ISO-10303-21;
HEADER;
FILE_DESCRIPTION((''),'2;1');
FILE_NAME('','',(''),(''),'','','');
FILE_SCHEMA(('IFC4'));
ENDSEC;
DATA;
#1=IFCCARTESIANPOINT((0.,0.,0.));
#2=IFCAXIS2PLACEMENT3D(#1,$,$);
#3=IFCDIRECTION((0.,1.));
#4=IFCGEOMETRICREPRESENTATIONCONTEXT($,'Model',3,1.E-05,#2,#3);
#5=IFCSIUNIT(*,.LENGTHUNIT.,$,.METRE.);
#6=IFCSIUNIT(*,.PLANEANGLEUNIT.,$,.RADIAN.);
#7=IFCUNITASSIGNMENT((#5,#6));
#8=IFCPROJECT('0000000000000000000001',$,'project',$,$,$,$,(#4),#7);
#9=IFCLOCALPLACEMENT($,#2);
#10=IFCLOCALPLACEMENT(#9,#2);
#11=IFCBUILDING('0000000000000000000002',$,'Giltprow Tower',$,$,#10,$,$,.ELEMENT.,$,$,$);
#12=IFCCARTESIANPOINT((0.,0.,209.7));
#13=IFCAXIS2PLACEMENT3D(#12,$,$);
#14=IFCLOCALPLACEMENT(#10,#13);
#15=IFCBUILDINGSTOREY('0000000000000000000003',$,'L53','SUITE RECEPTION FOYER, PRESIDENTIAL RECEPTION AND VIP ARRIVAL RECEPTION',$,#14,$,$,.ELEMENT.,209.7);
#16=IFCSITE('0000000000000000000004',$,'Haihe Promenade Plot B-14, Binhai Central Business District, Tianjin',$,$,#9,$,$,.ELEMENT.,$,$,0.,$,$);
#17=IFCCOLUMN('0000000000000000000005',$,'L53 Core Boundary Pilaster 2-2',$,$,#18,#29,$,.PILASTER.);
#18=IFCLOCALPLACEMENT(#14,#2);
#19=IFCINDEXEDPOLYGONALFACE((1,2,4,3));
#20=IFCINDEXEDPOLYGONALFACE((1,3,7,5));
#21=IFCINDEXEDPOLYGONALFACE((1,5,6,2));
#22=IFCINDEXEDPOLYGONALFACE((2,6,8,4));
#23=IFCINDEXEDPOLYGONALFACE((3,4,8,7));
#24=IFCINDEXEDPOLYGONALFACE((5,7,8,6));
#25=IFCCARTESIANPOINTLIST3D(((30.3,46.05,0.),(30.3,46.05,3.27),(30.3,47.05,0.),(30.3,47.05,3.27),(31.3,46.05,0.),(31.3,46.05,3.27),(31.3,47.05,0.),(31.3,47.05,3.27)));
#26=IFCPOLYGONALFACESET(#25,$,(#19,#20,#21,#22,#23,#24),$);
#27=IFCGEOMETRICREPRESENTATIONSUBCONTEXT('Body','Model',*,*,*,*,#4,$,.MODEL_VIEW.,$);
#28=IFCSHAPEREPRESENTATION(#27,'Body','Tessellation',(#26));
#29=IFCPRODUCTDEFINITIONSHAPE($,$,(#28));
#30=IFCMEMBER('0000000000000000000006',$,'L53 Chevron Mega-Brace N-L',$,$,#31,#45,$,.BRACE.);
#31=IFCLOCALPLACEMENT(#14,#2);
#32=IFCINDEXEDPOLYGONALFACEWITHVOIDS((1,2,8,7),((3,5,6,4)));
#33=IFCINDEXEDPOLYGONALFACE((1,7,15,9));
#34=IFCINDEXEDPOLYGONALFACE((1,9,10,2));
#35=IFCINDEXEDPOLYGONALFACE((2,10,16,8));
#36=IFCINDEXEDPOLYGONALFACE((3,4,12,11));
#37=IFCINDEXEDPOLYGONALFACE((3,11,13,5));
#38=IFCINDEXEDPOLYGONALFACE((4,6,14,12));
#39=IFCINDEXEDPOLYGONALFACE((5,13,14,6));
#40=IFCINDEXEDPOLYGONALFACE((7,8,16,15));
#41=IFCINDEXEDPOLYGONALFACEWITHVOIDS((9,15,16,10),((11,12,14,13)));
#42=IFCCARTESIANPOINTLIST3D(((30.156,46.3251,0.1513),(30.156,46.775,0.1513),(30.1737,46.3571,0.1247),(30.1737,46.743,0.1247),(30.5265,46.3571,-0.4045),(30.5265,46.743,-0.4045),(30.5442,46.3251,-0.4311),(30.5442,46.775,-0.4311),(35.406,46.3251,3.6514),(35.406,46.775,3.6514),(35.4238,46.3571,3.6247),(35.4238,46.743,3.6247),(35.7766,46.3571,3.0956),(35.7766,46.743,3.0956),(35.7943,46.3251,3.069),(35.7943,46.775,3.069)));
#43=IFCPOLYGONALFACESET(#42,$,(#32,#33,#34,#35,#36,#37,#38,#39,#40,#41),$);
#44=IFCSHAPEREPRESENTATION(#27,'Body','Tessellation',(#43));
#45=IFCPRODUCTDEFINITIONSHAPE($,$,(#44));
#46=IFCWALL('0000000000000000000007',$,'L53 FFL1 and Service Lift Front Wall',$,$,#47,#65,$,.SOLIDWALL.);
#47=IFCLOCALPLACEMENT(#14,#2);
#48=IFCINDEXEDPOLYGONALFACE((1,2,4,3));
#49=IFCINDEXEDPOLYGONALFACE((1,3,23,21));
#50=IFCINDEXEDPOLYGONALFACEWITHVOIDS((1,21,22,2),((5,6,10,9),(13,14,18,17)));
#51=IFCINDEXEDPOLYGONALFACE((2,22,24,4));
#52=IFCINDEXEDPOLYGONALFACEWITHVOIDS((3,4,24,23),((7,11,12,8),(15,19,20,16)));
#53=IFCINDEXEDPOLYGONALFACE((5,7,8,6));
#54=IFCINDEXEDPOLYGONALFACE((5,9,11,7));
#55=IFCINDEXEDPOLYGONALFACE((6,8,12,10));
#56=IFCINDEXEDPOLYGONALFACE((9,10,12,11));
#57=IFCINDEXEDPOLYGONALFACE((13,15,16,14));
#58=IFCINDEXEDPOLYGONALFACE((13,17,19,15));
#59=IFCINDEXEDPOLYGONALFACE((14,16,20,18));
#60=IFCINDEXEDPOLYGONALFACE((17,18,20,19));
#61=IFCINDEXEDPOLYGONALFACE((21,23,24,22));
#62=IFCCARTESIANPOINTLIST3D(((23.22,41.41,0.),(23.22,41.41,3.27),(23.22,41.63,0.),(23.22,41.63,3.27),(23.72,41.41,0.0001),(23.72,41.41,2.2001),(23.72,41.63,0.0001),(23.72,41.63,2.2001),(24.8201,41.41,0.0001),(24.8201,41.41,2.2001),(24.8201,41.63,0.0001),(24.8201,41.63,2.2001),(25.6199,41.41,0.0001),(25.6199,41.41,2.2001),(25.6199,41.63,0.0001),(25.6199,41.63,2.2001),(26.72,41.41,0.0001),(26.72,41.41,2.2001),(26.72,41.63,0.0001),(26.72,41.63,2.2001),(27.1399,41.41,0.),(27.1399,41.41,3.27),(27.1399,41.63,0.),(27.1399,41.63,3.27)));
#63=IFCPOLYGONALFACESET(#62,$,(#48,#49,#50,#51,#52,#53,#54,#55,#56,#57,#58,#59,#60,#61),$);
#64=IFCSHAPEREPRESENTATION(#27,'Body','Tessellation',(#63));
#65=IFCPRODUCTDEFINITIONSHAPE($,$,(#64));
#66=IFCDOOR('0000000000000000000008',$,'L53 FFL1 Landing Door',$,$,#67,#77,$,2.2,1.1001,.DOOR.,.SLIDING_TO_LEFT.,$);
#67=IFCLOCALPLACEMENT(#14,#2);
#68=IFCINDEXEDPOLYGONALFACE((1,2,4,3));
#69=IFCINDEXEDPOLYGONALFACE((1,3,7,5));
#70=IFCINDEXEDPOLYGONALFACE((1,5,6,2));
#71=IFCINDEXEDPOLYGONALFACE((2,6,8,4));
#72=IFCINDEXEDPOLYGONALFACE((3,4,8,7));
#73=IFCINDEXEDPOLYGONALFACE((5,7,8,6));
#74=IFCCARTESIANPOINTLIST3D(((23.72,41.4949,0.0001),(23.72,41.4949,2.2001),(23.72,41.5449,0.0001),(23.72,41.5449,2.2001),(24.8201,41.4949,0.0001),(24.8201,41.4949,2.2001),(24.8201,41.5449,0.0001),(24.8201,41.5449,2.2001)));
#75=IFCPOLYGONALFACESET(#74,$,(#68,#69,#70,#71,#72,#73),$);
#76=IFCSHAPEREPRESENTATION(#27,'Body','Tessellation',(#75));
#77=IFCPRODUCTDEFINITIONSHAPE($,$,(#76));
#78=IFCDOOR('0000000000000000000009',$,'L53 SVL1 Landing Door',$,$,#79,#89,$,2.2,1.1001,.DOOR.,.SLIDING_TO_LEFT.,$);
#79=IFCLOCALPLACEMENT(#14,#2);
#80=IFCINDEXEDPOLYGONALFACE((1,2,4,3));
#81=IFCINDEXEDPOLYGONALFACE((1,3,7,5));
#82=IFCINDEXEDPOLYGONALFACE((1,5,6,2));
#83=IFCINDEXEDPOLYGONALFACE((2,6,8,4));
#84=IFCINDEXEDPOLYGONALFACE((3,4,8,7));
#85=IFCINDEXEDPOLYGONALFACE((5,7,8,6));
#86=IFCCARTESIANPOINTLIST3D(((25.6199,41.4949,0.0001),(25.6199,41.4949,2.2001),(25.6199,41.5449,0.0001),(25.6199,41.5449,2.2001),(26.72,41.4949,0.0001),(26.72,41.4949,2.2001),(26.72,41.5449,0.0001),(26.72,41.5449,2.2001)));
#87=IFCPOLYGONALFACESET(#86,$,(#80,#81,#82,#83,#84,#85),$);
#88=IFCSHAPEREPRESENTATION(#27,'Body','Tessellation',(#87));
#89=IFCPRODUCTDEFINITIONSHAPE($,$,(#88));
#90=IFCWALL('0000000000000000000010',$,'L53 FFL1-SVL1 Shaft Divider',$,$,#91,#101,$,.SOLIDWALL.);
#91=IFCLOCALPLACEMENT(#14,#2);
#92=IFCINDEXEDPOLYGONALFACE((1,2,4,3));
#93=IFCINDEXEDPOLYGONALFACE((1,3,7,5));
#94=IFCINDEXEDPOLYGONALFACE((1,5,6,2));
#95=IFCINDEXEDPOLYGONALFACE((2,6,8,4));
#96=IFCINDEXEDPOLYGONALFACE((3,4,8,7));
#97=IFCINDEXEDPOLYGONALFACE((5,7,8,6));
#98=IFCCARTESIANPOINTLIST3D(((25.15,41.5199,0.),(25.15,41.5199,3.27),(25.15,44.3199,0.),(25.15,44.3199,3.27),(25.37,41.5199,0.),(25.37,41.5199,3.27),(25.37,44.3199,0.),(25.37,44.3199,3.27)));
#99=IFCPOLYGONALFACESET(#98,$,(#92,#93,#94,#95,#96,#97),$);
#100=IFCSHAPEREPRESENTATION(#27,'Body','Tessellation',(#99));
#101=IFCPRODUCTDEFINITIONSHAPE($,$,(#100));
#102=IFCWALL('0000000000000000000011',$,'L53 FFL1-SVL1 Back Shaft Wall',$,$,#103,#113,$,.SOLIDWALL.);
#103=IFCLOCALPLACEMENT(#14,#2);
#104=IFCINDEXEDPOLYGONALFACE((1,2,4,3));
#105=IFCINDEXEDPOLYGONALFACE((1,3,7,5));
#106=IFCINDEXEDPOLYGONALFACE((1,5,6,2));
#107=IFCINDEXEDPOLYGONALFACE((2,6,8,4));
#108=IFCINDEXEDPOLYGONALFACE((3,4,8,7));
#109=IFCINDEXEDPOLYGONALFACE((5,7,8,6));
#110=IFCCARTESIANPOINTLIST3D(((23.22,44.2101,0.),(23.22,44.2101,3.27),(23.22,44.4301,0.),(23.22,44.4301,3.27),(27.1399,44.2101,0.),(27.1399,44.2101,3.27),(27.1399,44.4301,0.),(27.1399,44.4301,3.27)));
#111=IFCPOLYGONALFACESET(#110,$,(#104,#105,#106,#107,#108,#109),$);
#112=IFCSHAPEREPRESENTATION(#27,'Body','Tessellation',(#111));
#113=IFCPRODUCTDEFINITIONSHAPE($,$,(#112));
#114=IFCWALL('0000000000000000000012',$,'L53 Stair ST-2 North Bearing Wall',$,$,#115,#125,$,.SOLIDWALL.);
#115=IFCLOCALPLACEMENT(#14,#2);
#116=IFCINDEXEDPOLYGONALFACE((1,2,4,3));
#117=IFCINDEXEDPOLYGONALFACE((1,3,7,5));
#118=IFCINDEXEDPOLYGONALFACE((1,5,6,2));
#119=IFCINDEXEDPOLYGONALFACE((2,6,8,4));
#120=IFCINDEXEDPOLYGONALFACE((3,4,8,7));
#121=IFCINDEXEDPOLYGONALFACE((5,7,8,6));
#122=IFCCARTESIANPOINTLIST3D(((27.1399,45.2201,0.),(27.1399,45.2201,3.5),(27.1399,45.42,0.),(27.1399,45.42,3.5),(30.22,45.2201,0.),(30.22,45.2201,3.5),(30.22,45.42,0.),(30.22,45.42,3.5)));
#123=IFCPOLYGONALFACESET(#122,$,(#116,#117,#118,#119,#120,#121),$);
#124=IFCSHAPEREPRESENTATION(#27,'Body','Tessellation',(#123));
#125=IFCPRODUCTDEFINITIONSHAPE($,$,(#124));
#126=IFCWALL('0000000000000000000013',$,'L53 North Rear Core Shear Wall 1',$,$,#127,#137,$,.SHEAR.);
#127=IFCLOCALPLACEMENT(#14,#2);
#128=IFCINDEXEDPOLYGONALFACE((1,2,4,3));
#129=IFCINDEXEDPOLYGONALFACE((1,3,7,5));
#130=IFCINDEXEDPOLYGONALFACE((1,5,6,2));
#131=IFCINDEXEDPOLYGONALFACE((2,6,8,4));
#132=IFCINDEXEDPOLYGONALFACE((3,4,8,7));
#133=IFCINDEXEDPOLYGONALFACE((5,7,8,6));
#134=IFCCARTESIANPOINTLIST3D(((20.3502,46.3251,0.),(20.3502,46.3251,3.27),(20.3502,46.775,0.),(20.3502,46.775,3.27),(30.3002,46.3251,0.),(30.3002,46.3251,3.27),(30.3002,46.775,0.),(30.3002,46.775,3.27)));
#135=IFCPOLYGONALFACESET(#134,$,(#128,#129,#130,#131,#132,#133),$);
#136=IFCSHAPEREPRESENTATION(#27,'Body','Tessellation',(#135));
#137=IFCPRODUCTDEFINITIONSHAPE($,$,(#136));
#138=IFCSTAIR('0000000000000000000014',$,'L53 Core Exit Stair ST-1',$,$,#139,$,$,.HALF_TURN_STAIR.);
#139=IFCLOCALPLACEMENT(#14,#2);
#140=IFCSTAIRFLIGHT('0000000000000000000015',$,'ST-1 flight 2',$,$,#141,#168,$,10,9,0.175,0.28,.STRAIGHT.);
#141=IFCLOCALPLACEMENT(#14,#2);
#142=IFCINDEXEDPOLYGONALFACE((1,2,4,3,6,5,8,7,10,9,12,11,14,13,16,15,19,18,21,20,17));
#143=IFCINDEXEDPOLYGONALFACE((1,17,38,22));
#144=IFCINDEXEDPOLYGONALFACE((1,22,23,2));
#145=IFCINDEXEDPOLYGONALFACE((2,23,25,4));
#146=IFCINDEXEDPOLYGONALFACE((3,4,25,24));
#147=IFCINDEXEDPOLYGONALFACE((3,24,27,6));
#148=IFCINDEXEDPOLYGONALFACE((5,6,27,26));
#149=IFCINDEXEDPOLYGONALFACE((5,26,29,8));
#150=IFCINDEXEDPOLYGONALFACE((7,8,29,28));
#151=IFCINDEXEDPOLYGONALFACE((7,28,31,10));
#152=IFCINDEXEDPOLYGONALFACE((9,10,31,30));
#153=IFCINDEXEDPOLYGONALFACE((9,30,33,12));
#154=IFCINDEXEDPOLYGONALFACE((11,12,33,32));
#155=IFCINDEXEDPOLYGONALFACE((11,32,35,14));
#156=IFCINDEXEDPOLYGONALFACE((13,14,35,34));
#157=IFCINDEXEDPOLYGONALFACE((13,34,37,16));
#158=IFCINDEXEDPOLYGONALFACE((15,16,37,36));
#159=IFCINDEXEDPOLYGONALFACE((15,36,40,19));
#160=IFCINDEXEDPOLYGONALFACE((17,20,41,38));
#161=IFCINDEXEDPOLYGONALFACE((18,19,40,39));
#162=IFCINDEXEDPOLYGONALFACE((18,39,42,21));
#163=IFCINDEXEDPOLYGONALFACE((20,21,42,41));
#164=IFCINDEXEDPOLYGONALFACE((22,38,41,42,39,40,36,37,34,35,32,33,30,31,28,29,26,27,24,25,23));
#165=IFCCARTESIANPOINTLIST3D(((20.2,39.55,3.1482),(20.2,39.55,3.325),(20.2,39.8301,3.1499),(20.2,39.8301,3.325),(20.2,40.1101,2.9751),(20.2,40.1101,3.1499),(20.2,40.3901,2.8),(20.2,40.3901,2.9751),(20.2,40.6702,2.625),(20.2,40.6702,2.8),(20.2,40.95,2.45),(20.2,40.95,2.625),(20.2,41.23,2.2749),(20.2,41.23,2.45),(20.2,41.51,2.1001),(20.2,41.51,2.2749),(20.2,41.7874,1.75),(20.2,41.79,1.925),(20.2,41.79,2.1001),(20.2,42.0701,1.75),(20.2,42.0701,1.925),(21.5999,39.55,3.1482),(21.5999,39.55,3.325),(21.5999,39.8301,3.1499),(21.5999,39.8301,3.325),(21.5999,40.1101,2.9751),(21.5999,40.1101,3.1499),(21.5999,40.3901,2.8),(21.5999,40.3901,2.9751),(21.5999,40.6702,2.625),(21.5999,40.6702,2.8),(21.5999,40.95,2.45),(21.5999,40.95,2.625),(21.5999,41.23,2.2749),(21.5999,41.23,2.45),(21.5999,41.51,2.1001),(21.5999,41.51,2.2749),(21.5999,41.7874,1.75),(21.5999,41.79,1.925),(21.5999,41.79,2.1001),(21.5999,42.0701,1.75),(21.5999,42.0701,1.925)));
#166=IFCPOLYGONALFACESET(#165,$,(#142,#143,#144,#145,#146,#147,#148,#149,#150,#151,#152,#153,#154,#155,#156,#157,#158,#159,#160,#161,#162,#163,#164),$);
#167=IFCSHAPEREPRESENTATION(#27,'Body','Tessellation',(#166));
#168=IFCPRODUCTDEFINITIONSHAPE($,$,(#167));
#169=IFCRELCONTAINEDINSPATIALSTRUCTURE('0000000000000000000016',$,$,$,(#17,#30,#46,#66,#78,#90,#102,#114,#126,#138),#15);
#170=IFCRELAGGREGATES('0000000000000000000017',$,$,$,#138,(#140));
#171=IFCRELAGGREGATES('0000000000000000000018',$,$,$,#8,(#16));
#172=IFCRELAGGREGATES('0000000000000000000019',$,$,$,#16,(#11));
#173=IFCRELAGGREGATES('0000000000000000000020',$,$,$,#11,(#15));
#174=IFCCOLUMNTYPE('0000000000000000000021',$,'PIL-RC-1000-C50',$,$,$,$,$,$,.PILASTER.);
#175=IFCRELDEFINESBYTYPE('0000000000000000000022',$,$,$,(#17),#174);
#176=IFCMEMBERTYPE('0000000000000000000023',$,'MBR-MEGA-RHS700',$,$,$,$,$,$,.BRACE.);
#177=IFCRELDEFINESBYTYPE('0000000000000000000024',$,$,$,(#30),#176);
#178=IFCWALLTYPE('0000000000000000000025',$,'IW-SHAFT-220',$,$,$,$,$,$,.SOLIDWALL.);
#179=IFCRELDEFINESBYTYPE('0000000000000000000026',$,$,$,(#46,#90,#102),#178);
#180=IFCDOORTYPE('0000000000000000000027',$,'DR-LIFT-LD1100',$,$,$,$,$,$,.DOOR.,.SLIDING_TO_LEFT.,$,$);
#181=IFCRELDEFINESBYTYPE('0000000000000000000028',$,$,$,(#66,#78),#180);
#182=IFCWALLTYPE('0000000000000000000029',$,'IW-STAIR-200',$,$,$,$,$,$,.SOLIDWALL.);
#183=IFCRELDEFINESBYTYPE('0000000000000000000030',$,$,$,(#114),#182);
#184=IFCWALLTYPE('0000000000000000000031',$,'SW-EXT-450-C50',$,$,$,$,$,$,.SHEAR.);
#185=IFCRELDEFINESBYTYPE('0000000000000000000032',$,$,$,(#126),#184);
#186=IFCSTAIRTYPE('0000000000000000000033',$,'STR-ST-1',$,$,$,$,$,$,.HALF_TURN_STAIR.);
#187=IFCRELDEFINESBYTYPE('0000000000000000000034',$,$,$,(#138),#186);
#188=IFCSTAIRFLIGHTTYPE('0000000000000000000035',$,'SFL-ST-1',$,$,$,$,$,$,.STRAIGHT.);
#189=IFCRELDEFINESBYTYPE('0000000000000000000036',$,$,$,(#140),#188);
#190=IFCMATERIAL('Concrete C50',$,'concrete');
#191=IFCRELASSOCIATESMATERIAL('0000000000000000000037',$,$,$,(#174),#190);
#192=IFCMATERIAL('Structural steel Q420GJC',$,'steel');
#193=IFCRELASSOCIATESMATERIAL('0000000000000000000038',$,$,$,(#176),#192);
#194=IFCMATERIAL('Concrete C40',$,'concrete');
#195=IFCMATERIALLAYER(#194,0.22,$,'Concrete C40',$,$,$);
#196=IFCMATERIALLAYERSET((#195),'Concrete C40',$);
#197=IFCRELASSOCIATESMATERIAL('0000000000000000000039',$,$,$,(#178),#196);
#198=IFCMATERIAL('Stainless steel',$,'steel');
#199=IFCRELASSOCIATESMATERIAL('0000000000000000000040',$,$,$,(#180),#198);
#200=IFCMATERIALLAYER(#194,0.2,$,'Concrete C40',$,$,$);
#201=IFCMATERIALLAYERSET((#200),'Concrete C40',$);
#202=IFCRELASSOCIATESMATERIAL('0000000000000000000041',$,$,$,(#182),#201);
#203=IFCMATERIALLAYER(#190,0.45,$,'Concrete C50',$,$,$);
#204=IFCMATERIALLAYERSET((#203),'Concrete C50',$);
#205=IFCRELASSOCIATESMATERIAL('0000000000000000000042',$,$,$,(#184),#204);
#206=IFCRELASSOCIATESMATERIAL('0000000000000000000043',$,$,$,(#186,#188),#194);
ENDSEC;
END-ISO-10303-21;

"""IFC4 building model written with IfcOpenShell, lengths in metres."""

from ifc_helpers import new_model, si_unit, direction, frame, frame_2d, origin, origin_2d, place, context, subcontext, project, spatial, polyline, rectangle, hollow_rectangle, outline, extrude, source, transform, mapped, material, layer, layer_set, material_profile, profile_set, type_object, element, fill, aggregate, save


model = new_model("IFC4")

# Units and contexts
model_context = context("Model", 3, precision=1e-05, world=origin(), true_north=direction((0.0, 1.0)))
body_context = subcontext(model_context, "Body", "Model", "MODEL_VIEW")
ifc_project = project(units=[si_unit("LENGTHUNIT", "METRE"), si_unit("PLANEANGLEUNIT", "RADIAN")], contexts=[model_context])

# Site, building, storey
site_placement = place(None, origin())
site = spatial("IfcSite", under=ifc_project, at=site_placement, Name="Haihe Promenade Plot B-14, Binhai Central Business District, Tianjin", CompositionType="ELEMENT", RefElevation=0.0)
building_placement = place(site_placement, origin())
building = spatial("IfcBuilding", under=site, at=building_placement, Name="Giltprow Tower", CompositionType="ELEMENT")
storey_placement = place(building_placement, frame((0.0, 0.0, 209.7)))
storey = spatial("IfcBuildingStorey", under=building, at=storey_placement, Name="L53", Description="SUITE RECEPTION FOYER, PRESIDENTIAL RECEPTION AND VIP ARRIVAL RECEPTION", CompositionType="ELEMENT", Elevation=209.7)

# Column
ifc_material_1 = material(Name="Concrete C50", Category="concrete")
ifc_material_profile_1 = material_profile(ifc_material_1, rectangle(XDim=1.0, YDim=1.0, at=origin_2d()), Name="RC 1000x1000")
ifc_profile_set_1 = profile_set([ifc_material_profile_1], Name="Concrete C50")
column_type = type_object("IfcColumnType", Name="PIL-RC-1000-C50", PredefinedType="PILASTER", material=ifc_profile_set_1)
shared_shape_1 = source(origin(), body_context, "Body", "SweptSolid", [
    extrude(rectangle(XDim=1.0, YDim=1.0, at=origin_2d()), origin(), (0.0, 0.0, 1.0), 3.27),
])
column_placement = place(storey_placement, frame((30.8, 46.55, 0.0), z_axis=(0.0, 0.0, 1.0), x_axis=(1.0, 0.0, 0.0)))
element("IfcColumn", 1, at=column_placement, inside=storey, type_object=column_type, Name="L53 Core Boundary Pilaster 2-2", PredefinedType="PILASTER", context=body_context, shape_type="MappedRepresentation", body=[
    mapped(shared_shape_1, transform((0.0, 0.0, 0.0), x_axis=(1.0, 0.0, 0.0), y_axis=(0.0, 1.0, 0.0), z_axis=(0.0, 0.0, 1.0), scale=1.0)),
])

# Member
ifc_material_2 = material(Name="Structural steel Q420GJC", Category="steel")
ifc_material_profile_2 = material_profile(ifc_material_2, hollow_rectangle(XDim=0.45, YDim=0.7, WallThickness=0.032, at=origin_2d()), Name="RHS 700x450x32")
ifc_profile_set_2 = profile_set([ifc_material_profile_2], Name="Structural steel Q420GJC")
member_type = type_object("IfcMemberType", Name="MBR-MEGA-RHS700", PredefinedType="BRACE", material=ifc_profile_set_2)
shared_shape_2 = source(origin(), body_context, "Body", "SweptSolid", [
    extrude(hollow_rectangle(XDim=0.45, YDim=0.7, WallThickness=0.032, at=origin_2d()), origin(), (0.0, 0.0, 1.0), 6.3098),
])
member_placement = place(storey_placement, frame((30.3501, 46.55, -0.1399), z_axis=(0.83205, 0.0, 0.5547), x_axis=(0.0, 1.0, 0.0)))
element("IfcMember", 2, at=member_placement, inside=storey, type_object=member_type, Name="L53 Chevron Mega-Brace N-L", PredefinedType="BRACE", context=body_context, shape_type="MappedRepresentation", body=[
    mapped(shared_shape_2, transform((0.0, 0.0, 0.0), x_axis=(1.0, 0.0, 0.0), y_axis=(0.0, 1.0, 0.0), z_axis=(0.0, 0.0, 1.0), scale=1.0)),
])

# Wall, openings, doors
ifc_material_3 = material(Name="Concrete C40", Category="concrete")
ifc_layer_1 = layer(ifc_material_3, 0.22, Name="Concrete C40")
ifc_layer_set_1 = layer_set([ifc_layer_1], Name="Concrete C40")
wall_type_1 = type_object("IfcWallType", Name="IW-SHAFT-220", PredefinedType="SOLIDWALL", material=ifc_layer_set_1)
wall_1_placement = place(storey_placement, frame((23.22, 41.52, 0.0), z_axis=(0.0, 0.0, 1.0), x_axis=(1.0, 0.0, 0.0)))
wall_1 = element("IfcWall", 3, at=wall_1_placement, inside=storey, type_object=wall_type_1, Name="L53 FFL1 and Service Lift Front Wall", PredefinedType="SOLIDWALL", context=body_context, shape_type="SweptSolid", body=[
    extrude(rectangle(XDim=3.9199, YDim=0.22, at=frame_2d((1.96, 0.0))), origin(), (0.0, 0.0, 1.0), 3.27),
])
opening_1_placement = place(wall_1_placement, frame((0.5, 0.0, 0.0)))
opening_1 = element("IfcOpeningElement", 4, at=opening_1_placement, cuts=wall_1, PredefinedType="OPENING", context=body_context, shape_type="SweptSolid", body=[
    extrude(rectangle(XDim=1.1001, YDim=2.2, at=frame_2d((0.55, 1.1001))), frame((0.0, 0.1199, 0.0), z_axis=(0.0, -1.0, 0.0), x_axis=(1.0, 0.0, 0.0)), (0.0, 0.0, 1.0), 0.24),
])
opening_2_placement = place(wall_1_placement, frame((2.3999, 0.0, 0.0)))
opening_2 = element("IfcOpeningElement", 5, at=opening_2_placement, cuts=wall_1, PredefinedType="OPENING", context=body_context, shape_type="SweptSolid", body=[
    extrude(rectangle(XDim=1.1001, YDim=2.2, at=frame_2d((0.55, 1.1001))), frame((0.0, 0.1199, 0.0), z_axis=(0.0, -1.0, 0.0), x_axis=(1.0, 0.0, 0.0)), (0.0, 0.0, 1.0), 0.24),
])
ifc_material_4 = material(Name="Stainless steel", Category="steel")
door_type = type_object("IfcDoorType", Name="DR-LIFT-LD1100", OperationType="SLIDING_TO_LEFT", PredefinedType="DOOR", material=ifc_material_4)
shared_shape_3 = source(origin(), body_context, "Body", "SweptSolid", [
    extrude(rectangle(XDim=1.1001, YDim=2.2, at=frame_2d((0.55, 1.1001))), frame((0.0, 0.0249, 0.0), z_axis=(0.0, -1.0, 0.0), x_axis=(1.0, 0.0, 0.0)), (0.0, 0.0, 1.0), 0.05),
])
door_1_placement = place(opening_1_placement, origin())
door_1 = element("IfcDoor", 6, at=door_1_placement, inside=storey, type_object=door_type, Name="L53 FFL1 Landing Door", OperationType="SLIDING_TO_LEFT", OverallHeight=2.2, OverallWidth=1.1001, PredefinedType="DOOR", context=body_context, shape_type="MappedRepresentation", body=[
    mapped(shared_shape_3, transform((0.0, 0.0, 0.0), x_axis=(1.0, 0.0, 0.0), y_axis=(0.0, 1.0, 0.0), z_axis=(0.0, 0.0, 1.0), scale=1.0)),
])
fill(opening_1, door_1)
door_2_placement = place(opening_2_placement, origin())
door_2 = element("IfcDoor", 7, at=door_2_placement, inside=storey, type_object=door_type, Name="L53 SVL1 Landing Door", OperationType="SLIDING_TO_LEFT", OverallHeight=2.2, OverallWidth=1.1001, PredefinedType="DOOR", context=body_context, shape_type="MappedRepresentation", body=[
    mapped(shared_shape_3, transform((0.0, 0.0, 0.0), x_axis=(1.0, 0.0, 0.0), y_axis=(0.0, 1.0, 0.0), z_axis=(0.0, 0.0, 1.0), scale=1.0)),
])
fill(opening_2, door_2)

# Walls
wall_2_placement = place(storey_placement, frame((25.26, 41.52, 0.0), z_axis=(0.0, 0.0, 1.0), x_axis=(0.0, 1.0, 0.0)))
element("IfcWall", 8, at=wall_2_placement, inside=storey, type_object=wall_type_1, Name="L53 FFL1-SVL1 Shaft Divider", PredefinedType="SOLIDWALL", context=body_context, shape_type="SweptSolid", body=[
    extrude(rectangle(XDim=2.8, YDim=0.22, at=frame_2d((1.3999, 0.0))), origin(), (0.0, 0.0, 1.0), 3.27),
])
wall_3_placement = place(storey_placement, frame((23.22, 44.3201, 0.0), z_axis=(0.0, 0.0, 1.0), x_axis=(1.0, 0.0, 0.0)))
element("IfcWall", 9, at=wall_3_placement, inside=storey, type_object=wall_type_1, Name="L53 FFL1-SVL1 Back Shaft Wall", PredefinedType="SOLIDWALL", context=body_context, shape_type="SweptSolid", body=[
    extrude(rectangle(XDim=3.9199, YDim=0.22, at=frame_2d((1.96, 0.0))), origin(), (0.0, 0.0, 1.0), 3.27),
])
ifc_layer_2 = layer(ifc_material_3, 0.2, Name="Concrete C40")
ifc_layer_set_2 = layer_set([ifc_layer_2], Name="Concrete C40")
wall_type_2 = type_object("IfcWallType", Name="IW-STAIR-200", PredefinedType="SOLIDWALL", material=ifc_layer_set_2)
wall_4_placement = place(storey_placement, frame((27.1399, 45.3201, 0.0), z_axis=(0.0, 0.0, 1.0), x_axis=(1.0, 0.0, 0.0)))
element("IfcWall", 10, at=wall_4_placement, inside=storey, type_object=wall_type_2, Name="L53 Stair ST-2 North Bearing Wall", PredefinedType="SOLIDWALL", context=body_context, shape_type="SweptSolid", body=[
    extrude(rectangle(XDim=3.0801, YDim=0.2, at=frame_2d((1.54, 0.0))), origin(), (0.0, 0.0, 1.0), 3.5),
])
ifc_layer_3 = layer(ifc_material_1, 0.45, Name="Concrete C50")
ifc_layer_set_3 = layer_set([ifc_layer_3], Name="Concrete C50")
wall_type_3 = type_object("IfcWallType", Name="SW-EXT-450-C50", PredefinedType="SHEAR", material=ifc_layer_set_3)
wall_5_placement = place(storey_placement, frame((20.3501, 46.55, 0.0), z_axis=(0.0, 0.0, 1.0), x_axis=(1.0, 0.0, 0.0)))
element("IfcWall", 11, at=wall_5_placement, inside=storey, type_object=wall_type_3, Name="L53 North Rear Core Shear Wall 1", PredefinedType="SHEAR", context=body_context, shape_type="SweptSolid", body=[
    extrude(rectangle(XDim=9.95, YDim=0.45, at=frame_2d((4.9751, 0.0))), origin(), (0.0, 0.0, 1.0), 3.27),
])

# Stair, stair flight
stair_type_1 = type_object("IfcStairType", Name="STR-ST-1", PredefinedType="HALF_TURN_STAIR", material=ifc_material_3)
stair_1_placement = place(storey_placement, origin())
stair_1 = element("IfcStair", 12, at=stair_1_placement, inside=storey, type_object=stair_type_1, Name="L53 Core Exit Stair ST-1", PredefinedType="HALF_TURN_STAIR")
stair_flight_type_1 = type_object("IfcStairFlightType", Name="SFL-ST-1", PredefinedType="STRAIGHT", material=ifc_material_3)
stair_flight_1_placement = place(storey_placement, frame((20.8999, 42.0701, 1.75), z_axis=(0.0, 0.0, 1.0), x_axis=(0.0, -1.0, 0.0)))
stair_flight_1 = element("IfcStairFlight", 13, at=stair_flight_1_placement, type_object=stair_flight_type_1, Name="ST-1 flight 2", NumberOfRisers=10, NumberOfTreads=9, PredefinedType="STRAIGHT", RiserHeight=0.175, TreadLength=0.28, context=body_context, shape_type="SweptSolid", body=[
    extrude(outline(polyline([(0.0, 0.0), (0.0, 0.175), (0.28, 0.175), (0.28, 0.3501), (0.5601, 0.3501), (0.5601, 0.5249), (0.8401, 0.5249), (0.8401, 0.7), (1.1201, 0.7), (1.1201, 0.875), (1.3999, 0.875), (1.3999, 1.05), (1.6799, 1.05), (1.6799, 1.2251), (1.96, 1.2251), (1.96, 1.3999), (2.24, 1.3999), (2.24, 1.575), (2.52, 1.575), (2.52, 1.75), (2.52, 1.3982), (0.2827, 0.0), (0.0, 0.0)])), frame((0.0, 0.7, 0.0), z_axis=(0.0, -1.0, 0.0), x_axis=(1.0, 0.0, 0.0)), (0.0, 0.0, 1.0), 1.3999),
])
aggregate(stair_1, [stair_flight_1])

save(model, "model.ifc")
